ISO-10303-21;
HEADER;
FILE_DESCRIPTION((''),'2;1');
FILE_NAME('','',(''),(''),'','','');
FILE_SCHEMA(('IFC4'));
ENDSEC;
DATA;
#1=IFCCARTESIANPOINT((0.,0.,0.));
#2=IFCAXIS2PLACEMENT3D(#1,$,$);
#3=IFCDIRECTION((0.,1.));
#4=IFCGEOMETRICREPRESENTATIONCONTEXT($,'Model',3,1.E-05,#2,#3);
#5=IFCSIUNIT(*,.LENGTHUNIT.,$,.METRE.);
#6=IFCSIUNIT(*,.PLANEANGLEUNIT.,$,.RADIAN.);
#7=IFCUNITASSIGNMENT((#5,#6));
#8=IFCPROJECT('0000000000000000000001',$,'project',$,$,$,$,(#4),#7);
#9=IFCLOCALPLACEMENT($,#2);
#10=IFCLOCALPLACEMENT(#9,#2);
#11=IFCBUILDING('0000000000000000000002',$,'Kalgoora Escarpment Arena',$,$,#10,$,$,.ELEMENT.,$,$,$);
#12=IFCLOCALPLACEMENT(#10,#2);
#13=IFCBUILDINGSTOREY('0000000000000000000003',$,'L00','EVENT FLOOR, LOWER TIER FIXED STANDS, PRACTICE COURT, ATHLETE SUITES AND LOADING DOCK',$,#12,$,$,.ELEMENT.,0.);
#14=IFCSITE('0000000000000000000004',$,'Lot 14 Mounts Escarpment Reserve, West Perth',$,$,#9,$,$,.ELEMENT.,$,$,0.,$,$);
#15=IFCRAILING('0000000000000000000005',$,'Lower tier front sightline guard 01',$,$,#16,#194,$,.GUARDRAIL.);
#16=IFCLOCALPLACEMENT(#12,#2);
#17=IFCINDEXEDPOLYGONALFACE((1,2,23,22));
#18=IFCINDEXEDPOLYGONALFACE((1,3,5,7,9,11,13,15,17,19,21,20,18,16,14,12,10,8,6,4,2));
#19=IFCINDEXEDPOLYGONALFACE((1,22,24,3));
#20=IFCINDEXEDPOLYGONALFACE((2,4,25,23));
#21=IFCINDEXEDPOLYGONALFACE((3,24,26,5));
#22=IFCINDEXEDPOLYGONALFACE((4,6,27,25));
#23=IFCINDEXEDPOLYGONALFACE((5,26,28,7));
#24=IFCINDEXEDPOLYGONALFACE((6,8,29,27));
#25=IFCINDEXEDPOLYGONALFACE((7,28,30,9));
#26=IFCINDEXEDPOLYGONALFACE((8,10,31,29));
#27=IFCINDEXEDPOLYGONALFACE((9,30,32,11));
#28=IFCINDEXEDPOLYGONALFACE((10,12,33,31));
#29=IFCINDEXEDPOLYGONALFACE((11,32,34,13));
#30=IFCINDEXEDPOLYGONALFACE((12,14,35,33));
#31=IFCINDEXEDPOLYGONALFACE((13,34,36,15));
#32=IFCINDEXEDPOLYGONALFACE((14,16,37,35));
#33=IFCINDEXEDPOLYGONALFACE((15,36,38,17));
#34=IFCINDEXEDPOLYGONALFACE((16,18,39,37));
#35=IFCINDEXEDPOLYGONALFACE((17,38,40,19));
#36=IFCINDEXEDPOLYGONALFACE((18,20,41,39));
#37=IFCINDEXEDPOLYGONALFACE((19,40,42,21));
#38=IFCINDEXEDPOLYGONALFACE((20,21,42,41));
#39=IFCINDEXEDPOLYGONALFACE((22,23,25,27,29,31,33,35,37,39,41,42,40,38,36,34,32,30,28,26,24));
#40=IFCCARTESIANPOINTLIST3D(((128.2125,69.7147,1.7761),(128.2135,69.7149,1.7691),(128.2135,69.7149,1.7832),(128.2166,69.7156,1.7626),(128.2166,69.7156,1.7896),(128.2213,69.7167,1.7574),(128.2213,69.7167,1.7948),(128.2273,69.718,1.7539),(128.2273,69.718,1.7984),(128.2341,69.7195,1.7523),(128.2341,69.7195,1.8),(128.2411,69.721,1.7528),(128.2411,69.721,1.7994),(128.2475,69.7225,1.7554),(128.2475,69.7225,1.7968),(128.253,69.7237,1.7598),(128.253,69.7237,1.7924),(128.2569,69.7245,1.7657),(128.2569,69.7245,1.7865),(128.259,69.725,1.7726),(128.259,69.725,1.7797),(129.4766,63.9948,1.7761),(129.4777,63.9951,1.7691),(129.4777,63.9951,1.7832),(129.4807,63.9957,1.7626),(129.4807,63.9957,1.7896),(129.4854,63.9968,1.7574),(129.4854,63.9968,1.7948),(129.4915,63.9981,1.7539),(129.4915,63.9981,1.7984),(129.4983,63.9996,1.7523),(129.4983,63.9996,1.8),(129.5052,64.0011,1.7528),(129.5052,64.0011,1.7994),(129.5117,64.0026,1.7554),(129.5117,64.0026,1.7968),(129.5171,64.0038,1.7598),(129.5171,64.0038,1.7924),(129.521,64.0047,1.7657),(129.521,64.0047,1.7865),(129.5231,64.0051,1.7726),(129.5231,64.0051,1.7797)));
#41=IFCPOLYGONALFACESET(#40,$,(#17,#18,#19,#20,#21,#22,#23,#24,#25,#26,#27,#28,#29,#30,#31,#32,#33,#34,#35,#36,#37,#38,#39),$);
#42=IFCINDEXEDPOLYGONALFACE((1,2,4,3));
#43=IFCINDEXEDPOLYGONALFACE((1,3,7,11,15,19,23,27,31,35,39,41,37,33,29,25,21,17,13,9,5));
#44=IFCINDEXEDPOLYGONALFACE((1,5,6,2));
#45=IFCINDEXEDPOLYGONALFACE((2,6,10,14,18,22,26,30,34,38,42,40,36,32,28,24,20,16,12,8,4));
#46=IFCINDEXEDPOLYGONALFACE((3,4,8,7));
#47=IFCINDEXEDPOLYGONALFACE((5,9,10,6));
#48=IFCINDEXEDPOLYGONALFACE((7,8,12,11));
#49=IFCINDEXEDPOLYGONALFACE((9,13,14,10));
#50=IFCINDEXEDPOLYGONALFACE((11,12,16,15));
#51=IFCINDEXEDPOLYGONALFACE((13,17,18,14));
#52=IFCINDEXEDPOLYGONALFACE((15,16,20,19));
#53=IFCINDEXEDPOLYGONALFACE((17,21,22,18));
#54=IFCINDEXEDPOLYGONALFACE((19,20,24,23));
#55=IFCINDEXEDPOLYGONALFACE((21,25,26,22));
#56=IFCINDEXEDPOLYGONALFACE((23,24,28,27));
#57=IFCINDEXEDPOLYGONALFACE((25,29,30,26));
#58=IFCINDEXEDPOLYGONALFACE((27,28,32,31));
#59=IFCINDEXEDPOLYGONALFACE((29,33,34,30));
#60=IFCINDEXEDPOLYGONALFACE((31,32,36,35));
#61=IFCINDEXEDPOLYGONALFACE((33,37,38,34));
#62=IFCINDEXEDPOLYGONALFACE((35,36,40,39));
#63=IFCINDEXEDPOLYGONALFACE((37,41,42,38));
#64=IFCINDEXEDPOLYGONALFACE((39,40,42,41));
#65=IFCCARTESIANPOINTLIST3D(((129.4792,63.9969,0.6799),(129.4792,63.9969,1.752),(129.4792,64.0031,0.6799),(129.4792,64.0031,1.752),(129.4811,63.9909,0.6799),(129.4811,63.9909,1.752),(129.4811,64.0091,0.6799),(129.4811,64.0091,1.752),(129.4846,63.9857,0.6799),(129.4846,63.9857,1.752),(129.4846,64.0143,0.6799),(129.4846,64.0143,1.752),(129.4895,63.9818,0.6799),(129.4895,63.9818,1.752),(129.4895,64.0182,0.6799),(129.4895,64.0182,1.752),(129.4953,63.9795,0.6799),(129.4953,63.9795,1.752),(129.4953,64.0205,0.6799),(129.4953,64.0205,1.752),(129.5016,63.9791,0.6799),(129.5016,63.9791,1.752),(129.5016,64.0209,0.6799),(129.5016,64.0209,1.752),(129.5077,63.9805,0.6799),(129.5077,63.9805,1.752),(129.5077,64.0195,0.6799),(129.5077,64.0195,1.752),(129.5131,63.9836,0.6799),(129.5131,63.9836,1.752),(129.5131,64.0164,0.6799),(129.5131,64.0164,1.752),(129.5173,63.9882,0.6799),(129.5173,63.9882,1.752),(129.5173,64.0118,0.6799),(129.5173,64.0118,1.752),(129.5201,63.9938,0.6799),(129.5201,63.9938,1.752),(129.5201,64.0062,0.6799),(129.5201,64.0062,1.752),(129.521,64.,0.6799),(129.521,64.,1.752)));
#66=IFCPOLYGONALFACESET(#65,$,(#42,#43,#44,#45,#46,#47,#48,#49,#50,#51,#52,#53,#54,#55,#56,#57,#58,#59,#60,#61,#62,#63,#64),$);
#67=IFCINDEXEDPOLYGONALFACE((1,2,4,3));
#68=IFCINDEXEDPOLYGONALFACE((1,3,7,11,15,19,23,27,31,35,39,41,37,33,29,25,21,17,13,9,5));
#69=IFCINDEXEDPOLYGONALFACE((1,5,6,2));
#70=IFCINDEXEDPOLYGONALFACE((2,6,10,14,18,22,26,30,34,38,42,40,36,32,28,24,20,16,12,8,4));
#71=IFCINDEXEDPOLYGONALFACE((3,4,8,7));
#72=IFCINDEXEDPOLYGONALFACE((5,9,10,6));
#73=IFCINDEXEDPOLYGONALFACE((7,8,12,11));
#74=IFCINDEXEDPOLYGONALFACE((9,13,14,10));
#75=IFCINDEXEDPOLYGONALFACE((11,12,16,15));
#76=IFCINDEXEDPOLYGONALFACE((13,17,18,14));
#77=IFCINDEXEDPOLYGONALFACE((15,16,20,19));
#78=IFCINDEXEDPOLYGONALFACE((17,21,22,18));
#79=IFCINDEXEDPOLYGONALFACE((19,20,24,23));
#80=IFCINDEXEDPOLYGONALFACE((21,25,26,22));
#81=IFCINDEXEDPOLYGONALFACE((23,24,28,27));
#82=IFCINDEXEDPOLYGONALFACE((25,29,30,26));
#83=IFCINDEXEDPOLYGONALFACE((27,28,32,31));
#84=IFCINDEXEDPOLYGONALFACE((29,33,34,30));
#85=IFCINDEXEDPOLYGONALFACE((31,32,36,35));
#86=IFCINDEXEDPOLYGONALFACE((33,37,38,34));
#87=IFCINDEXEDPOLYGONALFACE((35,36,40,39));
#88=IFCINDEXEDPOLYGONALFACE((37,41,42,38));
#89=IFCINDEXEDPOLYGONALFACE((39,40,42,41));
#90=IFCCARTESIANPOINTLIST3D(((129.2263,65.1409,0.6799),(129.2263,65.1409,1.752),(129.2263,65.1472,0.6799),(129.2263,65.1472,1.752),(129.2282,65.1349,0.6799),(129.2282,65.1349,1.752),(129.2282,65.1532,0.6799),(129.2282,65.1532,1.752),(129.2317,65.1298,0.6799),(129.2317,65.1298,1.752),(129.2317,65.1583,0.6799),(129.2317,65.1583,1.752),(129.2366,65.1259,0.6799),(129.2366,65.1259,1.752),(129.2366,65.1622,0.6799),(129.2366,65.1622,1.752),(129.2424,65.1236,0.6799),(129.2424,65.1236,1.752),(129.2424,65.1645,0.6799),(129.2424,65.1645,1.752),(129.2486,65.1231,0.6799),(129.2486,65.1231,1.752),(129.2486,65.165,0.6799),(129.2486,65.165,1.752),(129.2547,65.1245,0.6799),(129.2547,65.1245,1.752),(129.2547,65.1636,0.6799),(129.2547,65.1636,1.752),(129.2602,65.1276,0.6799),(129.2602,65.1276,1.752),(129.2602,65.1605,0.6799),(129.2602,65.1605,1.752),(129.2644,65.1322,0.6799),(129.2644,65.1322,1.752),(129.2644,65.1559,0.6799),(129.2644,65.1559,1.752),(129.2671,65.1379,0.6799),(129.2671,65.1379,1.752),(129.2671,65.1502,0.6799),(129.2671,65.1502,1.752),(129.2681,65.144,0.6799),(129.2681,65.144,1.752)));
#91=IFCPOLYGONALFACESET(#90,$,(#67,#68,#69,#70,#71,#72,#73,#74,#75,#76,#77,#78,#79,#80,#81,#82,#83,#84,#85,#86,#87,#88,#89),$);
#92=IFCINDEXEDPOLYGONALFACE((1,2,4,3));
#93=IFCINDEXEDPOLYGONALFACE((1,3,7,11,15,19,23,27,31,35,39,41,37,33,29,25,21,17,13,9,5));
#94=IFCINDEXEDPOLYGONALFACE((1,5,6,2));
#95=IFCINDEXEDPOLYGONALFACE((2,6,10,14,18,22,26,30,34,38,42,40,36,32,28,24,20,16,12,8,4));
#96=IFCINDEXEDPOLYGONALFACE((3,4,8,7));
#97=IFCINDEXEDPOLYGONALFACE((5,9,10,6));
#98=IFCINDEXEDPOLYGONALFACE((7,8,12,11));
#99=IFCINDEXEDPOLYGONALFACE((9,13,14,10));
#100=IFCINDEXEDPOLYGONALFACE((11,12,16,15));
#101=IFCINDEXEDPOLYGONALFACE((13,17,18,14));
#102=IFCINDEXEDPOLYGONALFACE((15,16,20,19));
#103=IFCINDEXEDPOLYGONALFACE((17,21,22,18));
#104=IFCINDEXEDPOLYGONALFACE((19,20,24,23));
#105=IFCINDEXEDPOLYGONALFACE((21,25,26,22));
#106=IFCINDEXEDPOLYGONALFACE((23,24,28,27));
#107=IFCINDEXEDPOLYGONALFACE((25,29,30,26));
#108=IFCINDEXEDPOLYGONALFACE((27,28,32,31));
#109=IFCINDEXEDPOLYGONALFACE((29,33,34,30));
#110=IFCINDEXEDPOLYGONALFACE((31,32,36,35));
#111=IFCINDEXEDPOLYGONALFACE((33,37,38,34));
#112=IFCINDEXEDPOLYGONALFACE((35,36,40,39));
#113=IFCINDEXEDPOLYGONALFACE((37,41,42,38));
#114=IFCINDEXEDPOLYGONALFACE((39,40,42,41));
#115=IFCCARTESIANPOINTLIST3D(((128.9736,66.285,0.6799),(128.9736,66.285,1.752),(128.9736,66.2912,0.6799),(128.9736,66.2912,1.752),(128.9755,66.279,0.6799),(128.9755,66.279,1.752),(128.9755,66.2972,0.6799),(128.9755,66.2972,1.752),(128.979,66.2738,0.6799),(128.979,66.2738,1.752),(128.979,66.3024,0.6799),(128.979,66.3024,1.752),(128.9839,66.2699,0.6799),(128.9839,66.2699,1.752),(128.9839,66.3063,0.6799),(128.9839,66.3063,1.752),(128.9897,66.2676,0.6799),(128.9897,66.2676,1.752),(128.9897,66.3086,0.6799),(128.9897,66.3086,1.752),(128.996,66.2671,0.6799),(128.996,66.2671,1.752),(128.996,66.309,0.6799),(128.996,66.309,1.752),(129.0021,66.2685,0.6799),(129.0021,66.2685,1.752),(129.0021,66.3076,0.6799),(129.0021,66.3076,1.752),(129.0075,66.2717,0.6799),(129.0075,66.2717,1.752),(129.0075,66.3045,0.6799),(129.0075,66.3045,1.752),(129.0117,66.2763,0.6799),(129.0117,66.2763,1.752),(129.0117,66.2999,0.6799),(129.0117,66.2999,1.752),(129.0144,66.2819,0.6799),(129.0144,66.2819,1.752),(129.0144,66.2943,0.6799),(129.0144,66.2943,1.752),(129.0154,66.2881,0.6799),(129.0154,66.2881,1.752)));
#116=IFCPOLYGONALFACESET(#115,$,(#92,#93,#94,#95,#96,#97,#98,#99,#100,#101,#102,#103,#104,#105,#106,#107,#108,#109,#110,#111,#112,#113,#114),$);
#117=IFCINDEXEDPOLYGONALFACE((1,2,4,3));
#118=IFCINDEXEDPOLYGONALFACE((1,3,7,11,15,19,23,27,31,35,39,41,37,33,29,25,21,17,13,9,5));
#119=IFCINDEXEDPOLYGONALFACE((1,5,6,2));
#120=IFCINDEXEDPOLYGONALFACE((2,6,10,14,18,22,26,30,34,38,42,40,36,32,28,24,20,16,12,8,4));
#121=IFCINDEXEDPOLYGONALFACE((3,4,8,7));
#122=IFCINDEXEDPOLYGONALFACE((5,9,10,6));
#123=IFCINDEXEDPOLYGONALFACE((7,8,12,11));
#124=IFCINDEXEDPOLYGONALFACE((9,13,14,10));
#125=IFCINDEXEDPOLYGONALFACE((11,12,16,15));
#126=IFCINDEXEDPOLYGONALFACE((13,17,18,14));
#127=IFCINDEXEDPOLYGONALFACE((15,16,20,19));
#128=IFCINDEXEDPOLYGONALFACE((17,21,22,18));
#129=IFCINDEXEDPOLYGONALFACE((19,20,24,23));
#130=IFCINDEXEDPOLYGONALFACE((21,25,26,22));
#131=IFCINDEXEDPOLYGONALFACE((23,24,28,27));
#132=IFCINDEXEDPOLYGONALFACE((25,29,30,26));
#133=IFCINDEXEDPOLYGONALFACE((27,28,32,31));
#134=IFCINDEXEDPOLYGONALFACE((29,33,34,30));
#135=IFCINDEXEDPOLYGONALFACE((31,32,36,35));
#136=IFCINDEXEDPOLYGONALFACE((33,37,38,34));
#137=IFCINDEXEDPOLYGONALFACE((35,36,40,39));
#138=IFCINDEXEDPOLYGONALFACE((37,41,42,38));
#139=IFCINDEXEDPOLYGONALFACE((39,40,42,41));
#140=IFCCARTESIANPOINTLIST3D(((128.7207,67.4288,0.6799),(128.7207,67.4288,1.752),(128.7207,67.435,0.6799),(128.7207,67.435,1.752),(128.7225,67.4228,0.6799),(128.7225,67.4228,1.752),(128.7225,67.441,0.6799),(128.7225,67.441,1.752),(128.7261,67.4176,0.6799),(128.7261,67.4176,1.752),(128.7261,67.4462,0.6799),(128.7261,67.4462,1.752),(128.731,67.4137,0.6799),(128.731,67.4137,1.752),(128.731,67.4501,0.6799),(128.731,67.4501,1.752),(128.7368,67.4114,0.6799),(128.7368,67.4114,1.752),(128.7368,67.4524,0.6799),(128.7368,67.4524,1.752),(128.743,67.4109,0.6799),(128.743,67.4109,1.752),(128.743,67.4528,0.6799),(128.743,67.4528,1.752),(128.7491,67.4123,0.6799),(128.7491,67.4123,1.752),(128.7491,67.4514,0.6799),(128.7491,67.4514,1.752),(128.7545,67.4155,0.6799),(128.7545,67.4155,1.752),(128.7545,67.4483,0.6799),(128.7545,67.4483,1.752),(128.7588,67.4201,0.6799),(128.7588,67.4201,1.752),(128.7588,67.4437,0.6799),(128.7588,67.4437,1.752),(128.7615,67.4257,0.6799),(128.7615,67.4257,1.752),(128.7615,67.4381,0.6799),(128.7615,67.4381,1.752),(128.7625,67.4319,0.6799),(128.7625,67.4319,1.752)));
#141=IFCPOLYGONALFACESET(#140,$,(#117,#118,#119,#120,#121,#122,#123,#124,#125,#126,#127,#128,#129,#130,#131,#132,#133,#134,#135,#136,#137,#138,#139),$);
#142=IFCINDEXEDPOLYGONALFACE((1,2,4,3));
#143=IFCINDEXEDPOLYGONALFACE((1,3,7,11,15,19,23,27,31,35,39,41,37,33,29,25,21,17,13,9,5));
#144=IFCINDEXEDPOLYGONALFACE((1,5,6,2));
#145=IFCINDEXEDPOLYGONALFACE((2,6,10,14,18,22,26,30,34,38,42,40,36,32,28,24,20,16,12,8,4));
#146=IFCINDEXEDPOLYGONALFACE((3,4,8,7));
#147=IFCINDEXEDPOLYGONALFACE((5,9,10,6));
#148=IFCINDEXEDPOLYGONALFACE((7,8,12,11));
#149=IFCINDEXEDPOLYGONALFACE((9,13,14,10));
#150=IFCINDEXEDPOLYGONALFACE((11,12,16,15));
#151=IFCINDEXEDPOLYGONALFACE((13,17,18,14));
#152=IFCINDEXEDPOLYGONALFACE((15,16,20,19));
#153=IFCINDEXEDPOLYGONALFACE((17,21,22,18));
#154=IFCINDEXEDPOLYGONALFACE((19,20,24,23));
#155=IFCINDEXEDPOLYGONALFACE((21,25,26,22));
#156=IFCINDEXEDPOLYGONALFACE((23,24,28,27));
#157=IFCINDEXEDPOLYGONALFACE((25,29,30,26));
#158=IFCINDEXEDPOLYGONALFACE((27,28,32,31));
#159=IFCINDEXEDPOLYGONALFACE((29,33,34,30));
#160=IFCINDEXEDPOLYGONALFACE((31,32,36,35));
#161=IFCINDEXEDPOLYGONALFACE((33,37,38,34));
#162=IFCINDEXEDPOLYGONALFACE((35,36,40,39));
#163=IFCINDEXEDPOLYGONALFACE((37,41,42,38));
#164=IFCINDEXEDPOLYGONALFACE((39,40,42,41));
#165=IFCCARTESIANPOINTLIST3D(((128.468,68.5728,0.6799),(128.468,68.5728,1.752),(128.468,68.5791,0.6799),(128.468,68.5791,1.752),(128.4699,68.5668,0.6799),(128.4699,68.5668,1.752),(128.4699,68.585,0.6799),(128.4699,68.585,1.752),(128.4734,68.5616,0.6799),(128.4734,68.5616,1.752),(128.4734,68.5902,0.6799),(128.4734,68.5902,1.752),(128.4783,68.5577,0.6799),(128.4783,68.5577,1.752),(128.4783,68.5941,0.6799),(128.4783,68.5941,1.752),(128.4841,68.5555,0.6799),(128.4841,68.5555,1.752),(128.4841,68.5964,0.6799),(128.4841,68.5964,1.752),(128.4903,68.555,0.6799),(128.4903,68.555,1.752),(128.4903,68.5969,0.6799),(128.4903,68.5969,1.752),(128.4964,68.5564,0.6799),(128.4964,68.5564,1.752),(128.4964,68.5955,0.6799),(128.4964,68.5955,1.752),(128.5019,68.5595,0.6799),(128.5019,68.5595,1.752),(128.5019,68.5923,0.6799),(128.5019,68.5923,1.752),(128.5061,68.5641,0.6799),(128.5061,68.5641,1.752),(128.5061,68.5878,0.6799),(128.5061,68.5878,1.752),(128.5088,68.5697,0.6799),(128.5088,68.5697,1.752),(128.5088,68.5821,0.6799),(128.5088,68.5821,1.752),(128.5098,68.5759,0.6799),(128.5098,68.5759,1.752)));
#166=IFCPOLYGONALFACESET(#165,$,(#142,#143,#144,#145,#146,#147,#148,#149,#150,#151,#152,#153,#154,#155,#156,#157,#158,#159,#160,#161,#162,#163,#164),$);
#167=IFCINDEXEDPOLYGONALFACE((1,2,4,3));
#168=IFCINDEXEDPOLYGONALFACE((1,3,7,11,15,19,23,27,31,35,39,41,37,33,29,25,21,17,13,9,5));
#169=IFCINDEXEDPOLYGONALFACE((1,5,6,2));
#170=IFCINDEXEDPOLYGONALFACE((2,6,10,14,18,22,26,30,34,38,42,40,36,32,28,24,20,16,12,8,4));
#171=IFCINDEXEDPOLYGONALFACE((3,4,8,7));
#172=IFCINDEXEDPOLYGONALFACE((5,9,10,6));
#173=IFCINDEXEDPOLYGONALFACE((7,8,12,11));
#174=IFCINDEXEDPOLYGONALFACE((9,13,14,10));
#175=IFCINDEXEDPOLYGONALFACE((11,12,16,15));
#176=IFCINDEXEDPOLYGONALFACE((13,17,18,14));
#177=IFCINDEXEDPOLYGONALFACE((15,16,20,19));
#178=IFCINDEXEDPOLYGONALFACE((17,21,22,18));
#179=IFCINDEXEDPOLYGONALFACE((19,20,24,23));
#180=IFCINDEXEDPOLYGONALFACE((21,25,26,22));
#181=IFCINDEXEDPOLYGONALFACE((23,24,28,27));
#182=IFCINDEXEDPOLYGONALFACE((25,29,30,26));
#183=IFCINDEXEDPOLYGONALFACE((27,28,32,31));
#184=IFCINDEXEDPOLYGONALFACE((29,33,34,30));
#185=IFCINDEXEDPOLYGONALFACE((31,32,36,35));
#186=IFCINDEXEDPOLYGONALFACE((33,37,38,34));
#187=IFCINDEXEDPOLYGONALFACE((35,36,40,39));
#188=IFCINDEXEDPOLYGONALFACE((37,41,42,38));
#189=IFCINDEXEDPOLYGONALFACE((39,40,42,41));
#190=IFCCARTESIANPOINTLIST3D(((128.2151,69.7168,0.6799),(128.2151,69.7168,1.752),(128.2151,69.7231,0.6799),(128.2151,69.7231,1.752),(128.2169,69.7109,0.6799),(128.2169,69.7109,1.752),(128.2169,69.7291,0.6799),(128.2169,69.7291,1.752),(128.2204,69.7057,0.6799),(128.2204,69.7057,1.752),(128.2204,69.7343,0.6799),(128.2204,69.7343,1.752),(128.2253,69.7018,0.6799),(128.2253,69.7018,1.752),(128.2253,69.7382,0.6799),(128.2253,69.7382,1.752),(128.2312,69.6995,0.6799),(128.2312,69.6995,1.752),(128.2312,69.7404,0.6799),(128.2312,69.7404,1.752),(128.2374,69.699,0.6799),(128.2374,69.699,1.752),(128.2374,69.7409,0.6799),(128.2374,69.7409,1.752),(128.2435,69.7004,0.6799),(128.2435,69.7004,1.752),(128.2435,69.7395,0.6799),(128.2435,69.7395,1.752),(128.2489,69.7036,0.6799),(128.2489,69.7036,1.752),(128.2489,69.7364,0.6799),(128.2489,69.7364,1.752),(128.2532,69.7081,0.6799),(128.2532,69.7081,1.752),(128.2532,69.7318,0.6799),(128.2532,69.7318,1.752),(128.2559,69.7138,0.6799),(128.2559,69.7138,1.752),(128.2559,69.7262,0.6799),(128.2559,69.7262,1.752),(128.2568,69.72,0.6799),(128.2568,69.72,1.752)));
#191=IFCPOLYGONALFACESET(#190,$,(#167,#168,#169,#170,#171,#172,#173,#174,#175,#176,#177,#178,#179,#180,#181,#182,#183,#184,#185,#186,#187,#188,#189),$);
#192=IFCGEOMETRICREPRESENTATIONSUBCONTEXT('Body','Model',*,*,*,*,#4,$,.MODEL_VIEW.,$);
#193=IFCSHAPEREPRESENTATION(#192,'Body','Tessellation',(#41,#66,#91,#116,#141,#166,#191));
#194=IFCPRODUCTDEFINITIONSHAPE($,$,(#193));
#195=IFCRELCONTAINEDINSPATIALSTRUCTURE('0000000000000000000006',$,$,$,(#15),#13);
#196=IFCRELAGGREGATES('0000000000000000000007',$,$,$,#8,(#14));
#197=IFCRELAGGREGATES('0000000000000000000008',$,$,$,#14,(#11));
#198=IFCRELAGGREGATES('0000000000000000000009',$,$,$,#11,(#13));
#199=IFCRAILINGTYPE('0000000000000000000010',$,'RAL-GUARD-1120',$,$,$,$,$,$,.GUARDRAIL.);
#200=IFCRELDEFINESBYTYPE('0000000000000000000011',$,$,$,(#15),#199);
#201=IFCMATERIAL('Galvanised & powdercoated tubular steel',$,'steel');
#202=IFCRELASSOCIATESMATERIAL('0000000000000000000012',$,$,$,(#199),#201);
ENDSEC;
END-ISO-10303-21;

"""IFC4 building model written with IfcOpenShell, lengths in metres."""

from ifc_helpers import new_model, si_unit, direction, frame, origin, origin_2d, place, context, subcontext, project, spatial, circle, extrude, material, type_object, element, save


model = new_model("IFC4")

# Units and contexts
model_context = context("Model", 3, precision=1e-05, world=origin(), true_north=direction((0.0, 1.0)))
body_context = subcontext(model_context, "Body", "Model", "MODEL_VIEW")
ifc_project = project(units=[si_unit("LENGTHUNIT", "METRE"), si_unit("PLANEANGLEUNIT", "RADIAN")], contexts=[model_context])

# Site, building, storey
site_placement = place(None, origin())
site = spatial("IfcSite", under=ifc_project, at=site_placement, Name="Lot 14 Mounts Escarpment Reserve, West Perth", CompositionType="ELEMENT", RefElevation=0.0)
building_placement = place(site_placement, origin())
building = spatial("IfcBuilding", under=site, at=building_placement, Name="Kalgoora Escarpment Arena", CompositionType="ELEMENT")
storey_placement = place(building_placement, origin())
storey = spatial("IfcBuildingStorey", under=building, at=storey_placement, Name="L00", Description="EVENT FLOOR, LOWER TIER FIXED STANDS, PRACTICE COURT, ATHLETE SUITES AND LOADING DOCK", CompositionType="ELEMENT", Elevation=0.0)

# Railing
ifc_material_1 = material(Name="Galvanised & powdercoated tubular steel", Category="steel")
railing_type = type_object("IfcRailingType", Name="RAL-GUARD-1120", PredefinedType="GUARDRAIL", material=ifc_material_1)
railing_1_placement = place(storey_placement, frame((129.5, 64.0, 0.6799)))
element("IfcRailing", 1, at=railing_1_placement, inside=storey, type_object=railing_type, Name="Lower tier front sightline guard 01", PredefinedType="GUARDRAIL", context=body_context, shape_type="SweptSolid", body=[
    extrude(circle(Radius=0.0239, at=origin_2d()), frame((0.0, 0.0, 1.0962), z_axis=(-0.215801, 0.976437, 0.0), x_axis=(-0.976437, -0.215801, 0.0)), (0.0, 0.0, 1.0), 5.8579),
    extrude(circle(Radius=0.021, at=origin_2d()), origin(), (0.0, 0.0, 1.0), 1.072),
    extrude(circle(Radius=0.021, at=origin_2d()), frame((-0.2529, 1.144, 0.0)), (0.0, 0.0, 1.0), 1.072),
    extrude(circle(Radius=0.021, at=origin_2d()), frame((-0.5056, 2.2881, 0.0)), (0.0, 0.0, 1.0), 1.072),
    extrude(circle(Radius=0.021, at=origin_2d()), frame((-0.7585, 3.4319, 0.0)), (0.0, 0.0, 1.0), 1.072),
    extrude(circle(Radius=0.021, at=origin_2d()), frame((-1.0112, 4.5759, 0.0)), (0.0, 0.0, 1.0), 1.072),
    extrude(circle(Radius=0.021, at=origin_2d()), frame((-1.2642, 5.72, 0.0)), (0.0, 0.0, 1.0), 1.072),
])

save(model, "model.ifc")
